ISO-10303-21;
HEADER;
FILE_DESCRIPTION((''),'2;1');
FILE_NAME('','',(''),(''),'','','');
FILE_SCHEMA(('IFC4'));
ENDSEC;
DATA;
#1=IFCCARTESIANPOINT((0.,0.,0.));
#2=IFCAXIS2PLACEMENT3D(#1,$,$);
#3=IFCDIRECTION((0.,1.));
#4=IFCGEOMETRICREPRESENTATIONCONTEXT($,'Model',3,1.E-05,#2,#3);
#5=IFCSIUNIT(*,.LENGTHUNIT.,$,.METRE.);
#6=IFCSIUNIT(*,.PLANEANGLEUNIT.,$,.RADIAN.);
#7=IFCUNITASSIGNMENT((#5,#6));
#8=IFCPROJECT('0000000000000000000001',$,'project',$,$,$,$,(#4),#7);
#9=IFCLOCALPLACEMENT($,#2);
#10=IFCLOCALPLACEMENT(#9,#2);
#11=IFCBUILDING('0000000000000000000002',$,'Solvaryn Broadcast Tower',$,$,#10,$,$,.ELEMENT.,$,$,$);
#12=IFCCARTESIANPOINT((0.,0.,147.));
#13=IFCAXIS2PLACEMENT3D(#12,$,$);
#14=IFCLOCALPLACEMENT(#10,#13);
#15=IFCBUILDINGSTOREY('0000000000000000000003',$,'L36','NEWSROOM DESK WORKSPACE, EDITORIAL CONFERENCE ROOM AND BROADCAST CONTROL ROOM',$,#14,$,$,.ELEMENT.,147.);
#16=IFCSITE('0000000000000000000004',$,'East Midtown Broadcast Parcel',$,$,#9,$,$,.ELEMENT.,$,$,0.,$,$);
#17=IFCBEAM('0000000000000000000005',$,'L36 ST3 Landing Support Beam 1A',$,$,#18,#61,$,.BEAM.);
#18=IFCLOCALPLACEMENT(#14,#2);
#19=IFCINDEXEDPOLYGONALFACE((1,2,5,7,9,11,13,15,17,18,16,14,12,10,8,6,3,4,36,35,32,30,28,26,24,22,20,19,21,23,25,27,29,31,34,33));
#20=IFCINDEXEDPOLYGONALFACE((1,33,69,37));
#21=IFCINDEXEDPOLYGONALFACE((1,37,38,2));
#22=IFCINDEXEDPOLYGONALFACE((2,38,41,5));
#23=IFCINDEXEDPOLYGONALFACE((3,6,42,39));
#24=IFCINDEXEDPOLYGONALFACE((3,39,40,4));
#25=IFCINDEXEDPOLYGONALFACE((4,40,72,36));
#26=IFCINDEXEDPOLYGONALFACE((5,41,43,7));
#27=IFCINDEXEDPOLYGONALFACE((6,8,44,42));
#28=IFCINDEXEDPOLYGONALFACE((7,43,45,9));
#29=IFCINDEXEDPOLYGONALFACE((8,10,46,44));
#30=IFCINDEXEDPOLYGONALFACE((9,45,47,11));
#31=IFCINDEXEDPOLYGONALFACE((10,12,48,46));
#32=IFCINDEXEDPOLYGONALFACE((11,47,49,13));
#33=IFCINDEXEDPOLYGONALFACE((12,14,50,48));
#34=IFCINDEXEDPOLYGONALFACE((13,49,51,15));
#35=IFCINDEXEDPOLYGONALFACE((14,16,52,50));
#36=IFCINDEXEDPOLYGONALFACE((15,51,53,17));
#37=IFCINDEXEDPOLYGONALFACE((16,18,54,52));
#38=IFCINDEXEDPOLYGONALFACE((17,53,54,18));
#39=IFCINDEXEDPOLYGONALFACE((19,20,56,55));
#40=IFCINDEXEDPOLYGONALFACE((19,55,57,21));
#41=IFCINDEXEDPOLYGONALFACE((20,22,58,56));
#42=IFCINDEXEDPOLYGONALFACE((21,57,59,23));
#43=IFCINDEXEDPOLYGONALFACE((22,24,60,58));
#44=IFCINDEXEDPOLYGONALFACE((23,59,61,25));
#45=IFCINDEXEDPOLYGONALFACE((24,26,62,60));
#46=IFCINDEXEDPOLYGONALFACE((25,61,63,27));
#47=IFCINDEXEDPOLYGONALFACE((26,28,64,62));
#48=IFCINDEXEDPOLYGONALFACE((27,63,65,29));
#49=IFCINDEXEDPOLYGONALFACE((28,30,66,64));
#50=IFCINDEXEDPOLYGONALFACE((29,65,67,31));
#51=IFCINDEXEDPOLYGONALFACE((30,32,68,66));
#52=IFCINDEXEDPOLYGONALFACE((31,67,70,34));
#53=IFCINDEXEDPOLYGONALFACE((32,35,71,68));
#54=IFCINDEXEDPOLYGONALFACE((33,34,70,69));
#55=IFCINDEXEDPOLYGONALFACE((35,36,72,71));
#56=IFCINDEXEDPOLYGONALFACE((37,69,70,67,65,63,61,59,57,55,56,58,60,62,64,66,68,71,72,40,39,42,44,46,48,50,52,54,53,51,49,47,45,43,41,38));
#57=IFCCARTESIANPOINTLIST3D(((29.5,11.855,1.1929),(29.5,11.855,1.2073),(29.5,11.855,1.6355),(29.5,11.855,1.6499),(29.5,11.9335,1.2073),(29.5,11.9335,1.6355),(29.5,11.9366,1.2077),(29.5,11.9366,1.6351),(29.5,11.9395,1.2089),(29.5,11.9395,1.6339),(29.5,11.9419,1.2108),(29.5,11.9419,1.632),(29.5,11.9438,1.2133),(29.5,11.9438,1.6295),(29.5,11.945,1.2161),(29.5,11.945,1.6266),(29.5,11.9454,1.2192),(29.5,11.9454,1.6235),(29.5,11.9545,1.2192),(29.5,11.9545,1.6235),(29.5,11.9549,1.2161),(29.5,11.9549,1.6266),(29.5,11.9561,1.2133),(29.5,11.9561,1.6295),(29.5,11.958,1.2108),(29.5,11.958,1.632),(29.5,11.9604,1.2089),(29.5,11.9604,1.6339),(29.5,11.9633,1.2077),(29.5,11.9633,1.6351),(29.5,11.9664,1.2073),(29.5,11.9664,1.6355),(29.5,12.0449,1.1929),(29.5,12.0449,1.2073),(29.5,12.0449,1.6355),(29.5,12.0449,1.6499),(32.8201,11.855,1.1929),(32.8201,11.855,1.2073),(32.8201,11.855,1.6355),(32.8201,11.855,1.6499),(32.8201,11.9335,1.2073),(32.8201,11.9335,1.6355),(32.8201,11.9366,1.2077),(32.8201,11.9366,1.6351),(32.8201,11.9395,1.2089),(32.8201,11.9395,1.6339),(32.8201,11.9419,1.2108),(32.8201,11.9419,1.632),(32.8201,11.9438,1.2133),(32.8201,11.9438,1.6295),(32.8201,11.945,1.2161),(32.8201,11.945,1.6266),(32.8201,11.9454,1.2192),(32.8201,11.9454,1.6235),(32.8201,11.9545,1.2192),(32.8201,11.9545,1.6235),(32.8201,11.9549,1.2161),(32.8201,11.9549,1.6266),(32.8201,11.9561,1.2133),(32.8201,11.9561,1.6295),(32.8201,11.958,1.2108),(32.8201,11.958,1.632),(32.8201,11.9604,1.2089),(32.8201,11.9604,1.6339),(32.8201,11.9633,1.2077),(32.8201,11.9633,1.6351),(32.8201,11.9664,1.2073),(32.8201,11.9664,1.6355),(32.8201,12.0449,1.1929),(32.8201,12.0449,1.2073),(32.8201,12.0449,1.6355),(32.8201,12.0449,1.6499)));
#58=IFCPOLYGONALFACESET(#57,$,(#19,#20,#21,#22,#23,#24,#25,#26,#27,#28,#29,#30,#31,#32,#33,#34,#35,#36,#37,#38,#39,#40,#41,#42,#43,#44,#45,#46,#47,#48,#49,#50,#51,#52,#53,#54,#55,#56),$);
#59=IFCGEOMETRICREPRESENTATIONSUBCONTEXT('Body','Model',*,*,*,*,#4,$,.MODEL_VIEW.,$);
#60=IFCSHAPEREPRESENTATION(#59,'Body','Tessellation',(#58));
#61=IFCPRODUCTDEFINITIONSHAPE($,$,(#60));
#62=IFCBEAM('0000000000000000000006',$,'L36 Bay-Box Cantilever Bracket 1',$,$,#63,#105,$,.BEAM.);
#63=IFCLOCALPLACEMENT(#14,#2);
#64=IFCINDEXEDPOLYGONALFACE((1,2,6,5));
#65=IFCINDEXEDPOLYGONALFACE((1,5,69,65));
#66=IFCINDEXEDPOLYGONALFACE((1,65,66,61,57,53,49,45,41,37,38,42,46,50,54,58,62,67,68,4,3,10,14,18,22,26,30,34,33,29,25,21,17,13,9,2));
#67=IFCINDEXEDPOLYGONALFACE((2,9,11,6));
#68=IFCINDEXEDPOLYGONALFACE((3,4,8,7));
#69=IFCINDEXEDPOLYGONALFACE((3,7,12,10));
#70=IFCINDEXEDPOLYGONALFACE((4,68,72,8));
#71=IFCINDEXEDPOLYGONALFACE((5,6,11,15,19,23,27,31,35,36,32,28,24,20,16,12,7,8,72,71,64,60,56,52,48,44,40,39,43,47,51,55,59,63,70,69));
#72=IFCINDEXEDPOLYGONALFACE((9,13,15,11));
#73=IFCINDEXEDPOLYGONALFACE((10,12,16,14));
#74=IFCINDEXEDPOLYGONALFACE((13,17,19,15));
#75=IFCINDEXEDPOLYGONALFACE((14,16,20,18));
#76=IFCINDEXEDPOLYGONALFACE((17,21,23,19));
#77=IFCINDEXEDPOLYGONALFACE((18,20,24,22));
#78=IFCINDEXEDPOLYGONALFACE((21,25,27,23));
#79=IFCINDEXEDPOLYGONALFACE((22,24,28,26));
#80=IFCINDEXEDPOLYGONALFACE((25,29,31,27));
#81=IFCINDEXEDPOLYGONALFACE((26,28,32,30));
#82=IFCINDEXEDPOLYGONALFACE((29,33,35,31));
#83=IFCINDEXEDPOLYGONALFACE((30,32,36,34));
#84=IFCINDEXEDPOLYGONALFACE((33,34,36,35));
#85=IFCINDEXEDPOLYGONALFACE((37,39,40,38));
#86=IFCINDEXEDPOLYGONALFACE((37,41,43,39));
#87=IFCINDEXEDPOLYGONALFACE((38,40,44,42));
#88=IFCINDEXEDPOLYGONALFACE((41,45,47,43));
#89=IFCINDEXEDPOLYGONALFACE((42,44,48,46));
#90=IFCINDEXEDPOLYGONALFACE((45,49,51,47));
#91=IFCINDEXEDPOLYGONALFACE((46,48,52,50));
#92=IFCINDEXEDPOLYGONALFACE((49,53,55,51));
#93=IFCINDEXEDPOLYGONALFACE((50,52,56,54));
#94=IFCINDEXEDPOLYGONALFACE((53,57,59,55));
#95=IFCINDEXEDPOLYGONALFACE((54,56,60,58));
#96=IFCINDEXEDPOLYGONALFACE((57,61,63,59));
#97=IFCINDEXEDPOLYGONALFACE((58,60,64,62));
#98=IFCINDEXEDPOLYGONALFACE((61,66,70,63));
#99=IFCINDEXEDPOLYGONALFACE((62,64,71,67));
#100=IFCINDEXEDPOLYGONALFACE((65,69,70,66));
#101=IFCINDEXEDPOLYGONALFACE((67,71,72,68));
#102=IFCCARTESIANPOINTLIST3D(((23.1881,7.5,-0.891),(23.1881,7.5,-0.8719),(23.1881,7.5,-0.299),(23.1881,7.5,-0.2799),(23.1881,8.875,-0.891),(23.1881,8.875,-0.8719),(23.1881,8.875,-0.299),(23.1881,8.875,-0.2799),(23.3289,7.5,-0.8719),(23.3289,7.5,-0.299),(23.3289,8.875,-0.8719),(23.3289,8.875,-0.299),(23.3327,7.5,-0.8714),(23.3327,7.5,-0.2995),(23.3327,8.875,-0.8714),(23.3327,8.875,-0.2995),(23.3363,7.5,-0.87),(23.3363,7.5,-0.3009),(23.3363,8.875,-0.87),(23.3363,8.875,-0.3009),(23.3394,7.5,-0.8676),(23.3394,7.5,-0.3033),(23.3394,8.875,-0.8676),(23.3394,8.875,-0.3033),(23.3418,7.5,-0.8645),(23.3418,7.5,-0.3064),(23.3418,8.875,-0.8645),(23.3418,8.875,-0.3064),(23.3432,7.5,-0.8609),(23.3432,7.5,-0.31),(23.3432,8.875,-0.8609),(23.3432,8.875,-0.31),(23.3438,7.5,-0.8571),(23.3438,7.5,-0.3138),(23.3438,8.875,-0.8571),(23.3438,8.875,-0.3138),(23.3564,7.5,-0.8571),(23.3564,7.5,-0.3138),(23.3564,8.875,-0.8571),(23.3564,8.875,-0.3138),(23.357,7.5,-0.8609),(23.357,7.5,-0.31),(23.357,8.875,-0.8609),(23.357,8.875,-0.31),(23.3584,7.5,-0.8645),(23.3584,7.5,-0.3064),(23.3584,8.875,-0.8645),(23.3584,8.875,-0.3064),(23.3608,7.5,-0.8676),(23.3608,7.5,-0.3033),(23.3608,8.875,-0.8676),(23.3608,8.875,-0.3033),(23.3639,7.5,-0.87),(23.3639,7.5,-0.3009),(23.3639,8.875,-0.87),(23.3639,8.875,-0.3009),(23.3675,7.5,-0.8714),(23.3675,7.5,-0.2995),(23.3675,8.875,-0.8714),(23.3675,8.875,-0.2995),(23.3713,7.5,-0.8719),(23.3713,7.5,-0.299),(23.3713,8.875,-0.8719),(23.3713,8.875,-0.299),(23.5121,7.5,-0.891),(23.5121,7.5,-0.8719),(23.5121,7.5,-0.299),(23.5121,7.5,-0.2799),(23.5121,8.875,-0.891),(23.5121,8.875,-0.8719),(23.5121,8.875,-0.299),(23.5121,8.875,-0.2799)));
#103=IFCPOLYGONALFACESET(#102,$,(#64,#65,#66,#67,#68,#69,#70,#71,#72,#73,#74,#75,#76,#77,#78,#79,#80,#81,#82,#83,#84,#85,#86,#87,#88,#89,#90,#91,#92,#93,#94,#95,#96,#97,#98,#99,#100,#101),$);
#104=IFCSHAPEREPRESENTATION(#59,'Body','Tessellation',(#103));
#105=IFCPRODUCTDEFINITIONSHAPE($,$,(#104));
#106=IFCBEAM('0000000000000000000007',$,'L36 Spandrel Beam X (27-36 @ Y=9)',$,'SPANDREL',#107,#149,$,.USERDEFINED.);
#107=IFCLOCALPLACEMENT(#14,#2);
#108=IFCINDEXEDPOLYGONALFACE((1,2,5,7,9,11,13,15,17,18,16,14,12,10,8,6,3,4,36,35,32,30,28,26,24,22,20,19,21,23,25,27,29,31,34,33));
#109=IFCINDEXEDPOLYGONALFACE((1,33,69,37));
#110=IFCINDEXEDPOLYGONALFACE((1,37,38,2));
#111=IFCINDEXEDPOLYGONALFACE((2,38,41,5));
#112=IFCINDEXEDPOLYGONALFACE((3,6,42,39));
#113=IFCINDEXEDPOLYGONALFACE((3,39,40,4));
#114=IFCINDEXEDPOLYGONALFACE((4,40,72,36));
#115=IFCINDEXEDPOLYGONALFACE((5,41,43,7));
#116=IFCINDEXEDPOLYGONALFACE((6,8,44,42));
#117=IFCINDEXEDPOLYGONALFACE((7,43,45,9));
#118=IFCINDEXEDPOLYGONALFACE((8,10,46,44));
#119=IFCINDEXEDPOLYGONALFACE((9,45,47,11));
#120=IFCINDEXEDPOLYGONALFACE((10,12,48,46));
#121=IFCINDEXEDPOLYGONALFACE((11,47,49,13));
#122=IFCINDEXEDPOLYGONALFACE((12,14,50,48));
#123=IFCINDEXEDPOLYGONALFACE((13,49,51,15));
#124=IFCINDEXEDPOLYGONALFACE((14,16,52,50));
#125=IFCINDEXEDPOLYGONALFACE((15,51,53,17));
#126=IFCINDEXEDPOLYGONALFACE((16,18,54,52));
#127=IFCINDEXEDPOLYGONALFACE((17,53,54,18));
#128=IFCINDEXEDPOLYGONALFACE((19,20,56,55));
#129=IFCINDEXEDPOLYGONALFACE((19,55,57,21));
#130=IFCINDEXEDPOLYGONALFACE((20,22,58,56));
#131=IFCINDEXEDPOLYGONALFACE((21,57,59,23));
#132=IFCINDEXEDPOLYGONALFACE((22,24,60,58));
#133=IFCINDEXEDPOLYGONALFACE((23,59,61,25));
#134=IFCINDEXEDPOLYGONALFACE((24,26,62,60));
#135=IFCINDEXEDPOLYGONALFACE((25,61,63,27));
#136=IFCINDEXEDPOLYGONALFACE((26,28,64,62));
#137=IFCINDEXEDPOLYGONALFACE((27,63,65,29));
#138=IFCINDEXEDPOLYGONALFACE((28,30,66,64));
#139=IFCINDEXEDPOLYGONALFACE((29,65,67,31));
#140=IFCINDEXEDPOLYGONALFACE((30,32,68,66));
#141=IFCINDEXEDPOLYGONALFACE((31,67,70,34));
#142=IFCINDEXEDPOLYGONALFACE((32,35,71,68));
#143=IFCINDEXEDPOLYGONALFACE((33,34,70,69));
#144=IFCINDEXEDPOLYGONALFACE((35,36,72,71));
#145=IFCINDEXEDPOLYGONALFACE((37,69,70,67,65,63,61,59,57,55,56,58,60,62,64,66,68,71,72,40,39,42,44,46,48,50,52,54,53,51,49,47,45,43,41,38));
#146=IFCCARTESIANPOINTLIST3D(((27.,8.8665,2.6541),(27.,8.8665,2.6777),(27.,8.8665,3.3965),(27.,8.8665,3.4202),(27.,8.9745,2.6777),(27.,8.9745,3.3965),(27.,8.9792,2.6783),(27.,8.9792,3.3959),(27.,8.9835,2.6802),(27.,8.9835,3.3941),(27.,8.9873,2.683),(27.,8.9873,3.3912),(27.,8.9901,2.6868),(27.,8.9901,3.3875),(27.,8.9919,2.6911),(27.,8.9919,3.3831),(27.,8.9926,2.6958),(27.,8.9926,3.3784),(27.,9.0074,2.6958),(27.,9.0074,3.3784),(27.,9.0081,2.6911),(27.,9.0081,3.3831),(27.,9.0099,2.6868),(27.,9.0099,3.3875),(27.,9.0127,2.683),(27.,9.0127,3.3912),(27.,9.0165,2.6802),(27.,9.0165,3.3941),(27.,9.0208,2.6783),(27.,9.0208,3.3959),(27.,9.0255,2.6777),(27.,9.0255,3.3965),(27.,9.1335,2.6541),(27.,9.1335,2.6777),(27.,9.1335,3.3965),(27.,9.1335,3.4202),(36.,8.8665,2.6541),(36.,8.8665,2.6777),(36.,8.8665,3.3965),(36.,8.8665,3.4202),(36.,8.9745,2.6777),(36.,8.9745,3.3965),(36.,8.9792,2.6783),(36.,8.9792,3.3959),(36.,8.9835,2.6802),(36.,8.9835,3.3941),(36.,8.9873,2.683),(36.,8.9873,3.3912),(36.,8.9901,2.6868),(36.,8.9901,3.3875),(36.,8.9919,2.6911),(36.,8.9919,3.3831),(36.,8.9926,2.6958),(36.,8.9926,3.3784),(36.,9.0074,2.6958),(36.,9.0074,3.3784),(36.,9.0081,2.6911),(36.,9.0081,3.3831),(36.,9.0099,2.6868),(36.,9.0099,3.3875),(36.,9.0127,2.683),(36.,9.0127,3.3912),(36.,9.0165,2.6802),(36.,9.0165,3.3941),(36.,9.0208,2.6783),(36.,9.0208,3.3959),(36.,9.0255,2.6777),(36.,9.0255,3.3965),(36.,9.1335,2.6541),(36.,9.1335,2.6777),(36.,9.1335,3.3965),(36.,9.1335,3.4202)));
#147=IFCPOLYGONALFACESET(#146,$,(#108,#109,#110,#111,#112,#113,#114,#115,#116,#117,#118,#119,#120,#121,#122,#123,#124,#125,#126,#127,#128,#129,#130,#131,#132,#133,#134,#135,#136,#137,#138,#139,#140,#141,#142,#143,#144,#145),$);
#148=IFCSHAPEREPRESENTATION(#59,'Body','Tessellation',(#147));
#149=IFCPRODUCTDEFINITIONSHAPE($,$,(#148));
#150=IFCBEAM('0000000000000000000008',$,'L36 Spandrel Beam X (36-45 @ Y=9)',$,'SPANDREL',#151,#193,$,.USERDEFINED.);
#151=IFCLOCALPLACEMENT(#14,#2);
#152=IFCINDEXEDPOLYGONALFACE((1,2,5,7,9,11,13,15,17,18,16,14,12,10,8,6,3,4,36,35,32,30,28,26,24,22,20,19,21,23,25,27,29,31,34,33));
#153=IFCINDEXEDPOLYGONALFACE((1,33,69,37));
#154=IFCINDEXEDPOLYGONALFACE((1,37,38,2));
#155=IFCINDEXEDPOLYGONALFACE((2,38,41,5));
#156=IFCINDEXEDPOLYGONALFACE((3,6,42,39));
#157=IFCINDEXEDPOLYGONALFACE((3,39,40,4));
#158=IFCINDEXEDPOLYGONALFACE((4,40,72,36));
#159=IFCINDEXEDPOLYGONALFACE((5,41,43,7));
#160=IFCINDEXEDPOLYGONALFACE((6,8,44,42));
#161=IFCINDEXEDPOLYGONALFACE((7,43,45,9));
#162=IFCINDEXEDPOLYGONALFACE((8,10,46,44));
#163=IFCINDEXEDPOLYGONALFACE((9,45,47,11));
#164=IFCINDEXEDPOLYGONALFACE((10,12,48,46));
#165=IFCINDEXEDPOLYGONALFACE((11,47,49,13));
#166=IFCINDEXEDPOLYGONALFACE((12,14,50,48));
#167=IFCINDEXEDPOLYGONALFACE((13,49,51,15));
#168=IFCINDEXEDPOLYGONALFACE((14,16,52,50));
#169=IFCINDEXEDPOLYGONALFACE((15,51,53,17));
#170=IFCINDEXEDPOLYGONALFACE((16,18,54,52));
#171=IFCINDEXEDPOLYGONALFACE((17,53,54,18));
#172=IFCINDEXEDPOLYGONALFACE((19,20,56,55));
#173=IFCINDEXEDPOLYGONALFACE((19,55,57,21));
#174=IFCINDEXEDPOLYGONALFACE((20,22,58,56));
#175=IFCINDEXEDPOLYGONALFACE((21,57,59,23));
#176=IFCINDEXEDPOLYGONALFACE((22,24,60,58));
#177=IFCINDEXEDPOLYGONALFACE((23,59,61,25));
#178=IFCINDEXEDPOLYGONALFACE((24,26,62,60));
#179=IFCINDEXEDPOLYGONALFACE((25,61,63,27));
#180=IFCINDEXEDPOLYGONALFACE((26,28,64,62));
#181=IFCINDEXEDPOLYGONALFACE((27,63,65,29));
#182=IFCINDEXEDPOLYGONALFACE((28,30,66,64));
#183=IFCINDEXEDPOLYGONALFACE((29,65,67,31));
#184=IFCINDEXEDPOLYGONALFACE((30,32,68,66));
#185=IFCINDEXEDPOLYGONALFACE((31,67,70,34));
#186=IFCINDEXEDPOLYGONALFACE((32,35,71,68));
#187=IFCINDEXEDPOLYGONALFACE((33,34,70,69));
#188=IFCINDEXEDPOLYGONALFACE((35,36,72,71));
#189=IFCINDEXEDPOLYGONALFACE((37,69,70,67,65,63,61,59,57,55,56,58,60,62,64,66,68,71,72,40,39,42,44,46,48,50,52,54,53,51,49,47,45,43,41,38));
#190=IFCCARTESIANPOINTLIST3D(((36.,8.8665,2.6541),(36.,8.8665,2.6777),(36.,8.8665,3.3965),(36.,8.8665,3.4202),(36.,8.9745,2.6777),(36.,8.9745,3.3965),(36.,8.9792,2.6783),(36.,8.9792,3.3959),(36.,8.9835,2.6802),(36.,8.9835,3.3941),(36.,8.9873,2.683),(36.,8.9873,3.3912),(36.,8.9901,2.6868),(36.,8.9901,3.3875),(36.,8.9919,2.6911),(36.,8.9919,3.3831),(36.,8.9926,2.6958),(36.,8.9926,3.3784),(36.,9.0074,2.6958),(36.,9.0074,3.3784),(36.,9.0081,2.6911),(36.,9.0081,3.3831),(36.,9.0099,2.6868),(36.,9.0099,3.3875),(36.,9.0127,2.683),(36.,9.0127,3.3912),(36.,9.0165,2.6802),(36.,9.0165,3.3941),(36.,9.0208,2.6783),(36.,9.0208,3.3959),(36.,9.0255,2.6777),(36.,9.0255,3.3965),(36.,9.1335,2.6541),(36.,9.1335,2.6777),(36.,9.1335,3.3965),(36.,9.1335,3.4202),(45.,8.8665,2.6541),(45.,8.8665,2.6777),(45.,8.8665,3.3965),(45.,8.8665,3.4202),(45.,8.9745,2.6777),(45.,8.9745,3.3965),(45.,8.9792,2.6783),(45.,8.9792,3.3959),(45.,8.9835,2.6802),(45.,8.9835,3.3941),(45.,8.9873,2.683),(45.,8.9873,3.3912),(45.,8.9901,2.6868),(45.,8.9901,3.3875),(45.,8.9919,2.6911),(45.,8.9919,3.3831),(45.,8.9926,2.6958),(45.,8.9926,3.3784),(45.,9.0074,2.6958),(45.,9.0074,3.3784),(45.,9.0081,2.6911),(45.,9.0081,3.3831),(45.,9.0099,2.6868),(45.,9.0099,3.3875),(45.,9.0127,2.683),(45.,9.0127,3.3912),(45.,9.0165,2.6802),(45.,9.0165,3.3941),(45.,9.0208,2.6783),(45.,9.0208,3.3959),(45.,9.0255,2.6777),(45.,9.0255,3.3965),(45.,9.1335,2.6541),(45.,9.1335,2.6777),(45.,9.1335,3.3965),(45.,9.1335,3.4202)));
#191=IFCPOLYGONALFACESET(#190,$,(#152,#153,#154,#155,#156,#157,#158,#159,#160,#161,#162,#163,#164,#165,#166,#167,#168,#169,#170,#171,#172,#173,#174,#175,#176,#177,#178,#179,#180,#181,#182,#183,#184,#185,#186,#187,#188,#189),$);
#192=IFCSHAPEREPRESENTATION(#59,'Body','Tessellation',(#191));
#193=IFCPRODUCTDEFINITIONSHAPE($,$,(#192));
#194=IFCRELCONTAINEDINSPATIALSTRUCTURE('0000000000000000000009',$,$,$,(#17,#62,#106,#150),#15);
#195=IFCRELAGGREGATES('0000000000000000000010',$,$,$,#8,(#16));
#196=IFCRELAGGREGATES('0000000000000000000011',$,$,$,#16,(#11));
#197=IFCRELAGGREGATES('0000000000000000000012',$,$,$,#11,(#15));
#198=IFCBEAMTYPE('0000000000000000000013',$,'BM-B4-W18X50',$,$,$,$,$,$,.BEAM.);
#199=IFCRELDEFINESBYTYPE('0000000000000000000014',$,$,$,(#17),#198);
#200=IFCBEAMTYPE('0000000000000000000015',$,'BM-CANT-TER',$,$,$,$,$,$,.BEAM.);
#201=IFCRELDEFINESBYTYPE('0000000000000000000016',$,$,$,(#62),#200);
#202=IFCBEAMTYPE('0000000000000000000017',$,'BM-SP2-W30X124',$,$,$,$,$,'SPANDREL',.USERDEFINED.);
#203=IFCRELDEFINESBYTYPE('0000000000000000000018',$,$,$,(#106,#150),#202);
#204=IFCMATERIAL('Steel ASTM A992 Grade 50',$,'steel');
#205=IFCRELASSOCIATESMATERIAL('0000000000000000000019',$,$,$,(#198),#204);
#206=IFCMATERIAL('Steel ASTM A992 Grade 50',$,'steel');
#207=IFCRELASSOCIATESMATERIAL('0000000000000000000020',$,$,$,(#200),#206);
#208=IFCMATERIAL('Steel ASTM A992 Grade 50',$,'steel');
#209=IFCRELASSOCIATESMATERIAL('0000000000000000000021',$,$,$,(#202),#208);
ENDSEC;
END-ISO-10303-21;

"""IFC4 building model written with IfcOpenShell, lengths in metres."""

from ifc_helpers import new_model, si_unit, direction, frame, origin, origin_2d, place, context, subcontext, project, spatial, i_section, extrude, material, material_profile, profile_set, type_object, element, save


model = new_model("IFC4")

# Units and contexts
model_context = context("Model", 3, precision=1e-05, world=origin(), true_north=direction((0.0, 1.0)))
body_context = subcontext(model_context, "Body", "Model", "MODEL_VIEW")
ifc_project = project(units=[si_unit("LENGTHUNIT", "METRE"), si_unit("PLANEANGLEUNIT", "RADIAN")], contexts=[model_context])

# Site, building, storey
site_placement = place(None, origin())
site = spatial("IfcSite", under=ifc_project, at=site_placement, Name="East Midtown Broadcast Parcel", CompositionType="ELEMENT", RefElevation=0.0)
building_placement = place(site_placement, origin())
building = spatial("IfcBuilding", under=site, at=building_placement, Name="Solvaryn Broadcast Tower", CompositionType="ELEMENT")
storey_placement = place(building_placement, frame((0.0, 0.0, 147.0)))
storey = spatial("IfcBuildingStorey", under=building, at=storey_placement, Name="L36", Description="NEWSROOM DESK WORKSPACE, EDITORIAL CONFERENCE ROOM AND BROADCAST CONTROL ROOM", CompositionType="ELEMENT", Elevation=147.0)

# Beams
ifc_material_1 = material(Name="Steel ASTM A992 Grade 50", Category="steel")
ifc_material_profile_1 = material_profile(ifc_material_1, i_section(OverallWidth=0.1899, OverallDepth=0.457, WebThickness=0.009, FlangeThickness=0.0144, FilletRadius=0.012, at=origin_2d()))
ifc_profile_set_1 = profile_set([ifc_material_profile_1], Name="Steel ASTM A992 Grade 50")
beam_type_1 = type_object("IfcBeamType", Name="BM-B4-W18X50", PredefinedType="BEAM", material=ifc_profile_set_1)
beam_1_placement = place(storey_placement, frame((29.5, 11.95, 1.4214), z_axis=(1.0, 0.0, 0.0), x_axis=(0.0, 1.0, 0.0)))
element("IfcBeam", 1, at=beam_1_placement, inside=storey, type_object=beam_type_1, Name="L36 ST3 Landing Support Beam 1A", PredefinedType="BEAM", context=body_context, shape_type="SweptSolid", body=[
    extrude(i_section(OverallWidth=0.1899, OverallDepth=0.457, WebThickness=0.009, FlangeThickness=0.0144, FilletRadius=0.012, at=origin_2d()), origin(), (0.0, 0.0, 1.0), 3.3201),
])
ifc_material_2 = material(Name="Steel ASTM A992 Grade 50", Category="steel")
ifc_material_profile_2 = material_profile(ifc_material_2, i_section(OverallWidth=0.324, OverallDepth=0.6111, WebThickness=0.0127, FlangeThickness=0.019, FilletRadius=0.0149, at=origin_2d()))
ifc_profile_set_2 = profile_set([ifc_material_profile_2], Name="Steel ASTM A992 Grade 50")
beam_type_2 = type_object("IfcBeamType", Name="BM-CANT-TER", PredefinedType="BEAM", material=ifc_profile_set_2)
beam_2_placement = place(storey_placement, frame((23.3501, 8.875, -0.5854), z_axis=(0.0, -1.0, 0.0), x_axis=(1.0, 0.0, 0.0)))
element("IfcBeam", 2, at=beam_2_placement, inside=storey, type_object=beam_type_2, Name="L36 Bay-Box Cantilever Bracket 1", PredefinedType="BEAM", context=body_context, shape_type="SweptSolid", body=[
    extrude(i_section(OverallWidth=0.324, OverallDepth=0.6111, WebThickness=0.0127, FlangeThickness=0.019, FilletRadius=0.0149, at=origin_2d()), origin(), (0.0, 0.0, 1.0), 1.375),
])
ifc_material_3 = material(Name="Steel ASTM A992 Grade 50", Category="steel")
ifc_material_profile_3 = material_profile(ifc_material_3, i_section(OverallWidth=0.2671, OverallDepth=0.7661, WebThickness=0.0149, FlangeThickness=0.0237, FilletRadius=0.0181, at=origin_2d()))
ifc_profile_set_3 = profile_set([ifc_material_profile_3], Name="Steel ASTM A992 Grade 50")
beam_type_3 = type_object("IfcBeamType", Name="BM-SP2-W30X124", ElementType="SPANDREL", PredefinedType="USERDEFINED", material=ifc_profile_set_3)
for number, where, z_axis, x_axis, name in (
    (3, (27.0, 9.0, 3.0371), (1.0, 0.0, 0.0), (0.0, 1.0, 0.0), "L36 Spandrel Beam X (27-36 @ Y=9)"),
    (4, (36.0, 9.0, 3.0371), (1.0, 0.0, 0.0), (0.0, 1.0, 0.0), "L36 Spandrel Beam X (36-45 @ Y=9)"),
):
    element("IfcBeam", number, at=place(storey_placement, frame(where, z_axis=z_axis, x_axis=x_axis)), inside=storey, type_object=beam_type_3, Name=name, ObjectType="SPANDREL", PredefinedType="USERDEFINED", context=body_context, shape_type="SweptSolid", body=[
        extrude(i_section(OverallWidth=0.2671, OverallDepth=0.7661, WebThickness=0.0149, FlangeThickness=0.0237, FilletRadius=0.0181, at=origin_2d()), origin(), (0.0, 0.0, 1.0), 9.0),
    ])

save(model, "model.ifc")
